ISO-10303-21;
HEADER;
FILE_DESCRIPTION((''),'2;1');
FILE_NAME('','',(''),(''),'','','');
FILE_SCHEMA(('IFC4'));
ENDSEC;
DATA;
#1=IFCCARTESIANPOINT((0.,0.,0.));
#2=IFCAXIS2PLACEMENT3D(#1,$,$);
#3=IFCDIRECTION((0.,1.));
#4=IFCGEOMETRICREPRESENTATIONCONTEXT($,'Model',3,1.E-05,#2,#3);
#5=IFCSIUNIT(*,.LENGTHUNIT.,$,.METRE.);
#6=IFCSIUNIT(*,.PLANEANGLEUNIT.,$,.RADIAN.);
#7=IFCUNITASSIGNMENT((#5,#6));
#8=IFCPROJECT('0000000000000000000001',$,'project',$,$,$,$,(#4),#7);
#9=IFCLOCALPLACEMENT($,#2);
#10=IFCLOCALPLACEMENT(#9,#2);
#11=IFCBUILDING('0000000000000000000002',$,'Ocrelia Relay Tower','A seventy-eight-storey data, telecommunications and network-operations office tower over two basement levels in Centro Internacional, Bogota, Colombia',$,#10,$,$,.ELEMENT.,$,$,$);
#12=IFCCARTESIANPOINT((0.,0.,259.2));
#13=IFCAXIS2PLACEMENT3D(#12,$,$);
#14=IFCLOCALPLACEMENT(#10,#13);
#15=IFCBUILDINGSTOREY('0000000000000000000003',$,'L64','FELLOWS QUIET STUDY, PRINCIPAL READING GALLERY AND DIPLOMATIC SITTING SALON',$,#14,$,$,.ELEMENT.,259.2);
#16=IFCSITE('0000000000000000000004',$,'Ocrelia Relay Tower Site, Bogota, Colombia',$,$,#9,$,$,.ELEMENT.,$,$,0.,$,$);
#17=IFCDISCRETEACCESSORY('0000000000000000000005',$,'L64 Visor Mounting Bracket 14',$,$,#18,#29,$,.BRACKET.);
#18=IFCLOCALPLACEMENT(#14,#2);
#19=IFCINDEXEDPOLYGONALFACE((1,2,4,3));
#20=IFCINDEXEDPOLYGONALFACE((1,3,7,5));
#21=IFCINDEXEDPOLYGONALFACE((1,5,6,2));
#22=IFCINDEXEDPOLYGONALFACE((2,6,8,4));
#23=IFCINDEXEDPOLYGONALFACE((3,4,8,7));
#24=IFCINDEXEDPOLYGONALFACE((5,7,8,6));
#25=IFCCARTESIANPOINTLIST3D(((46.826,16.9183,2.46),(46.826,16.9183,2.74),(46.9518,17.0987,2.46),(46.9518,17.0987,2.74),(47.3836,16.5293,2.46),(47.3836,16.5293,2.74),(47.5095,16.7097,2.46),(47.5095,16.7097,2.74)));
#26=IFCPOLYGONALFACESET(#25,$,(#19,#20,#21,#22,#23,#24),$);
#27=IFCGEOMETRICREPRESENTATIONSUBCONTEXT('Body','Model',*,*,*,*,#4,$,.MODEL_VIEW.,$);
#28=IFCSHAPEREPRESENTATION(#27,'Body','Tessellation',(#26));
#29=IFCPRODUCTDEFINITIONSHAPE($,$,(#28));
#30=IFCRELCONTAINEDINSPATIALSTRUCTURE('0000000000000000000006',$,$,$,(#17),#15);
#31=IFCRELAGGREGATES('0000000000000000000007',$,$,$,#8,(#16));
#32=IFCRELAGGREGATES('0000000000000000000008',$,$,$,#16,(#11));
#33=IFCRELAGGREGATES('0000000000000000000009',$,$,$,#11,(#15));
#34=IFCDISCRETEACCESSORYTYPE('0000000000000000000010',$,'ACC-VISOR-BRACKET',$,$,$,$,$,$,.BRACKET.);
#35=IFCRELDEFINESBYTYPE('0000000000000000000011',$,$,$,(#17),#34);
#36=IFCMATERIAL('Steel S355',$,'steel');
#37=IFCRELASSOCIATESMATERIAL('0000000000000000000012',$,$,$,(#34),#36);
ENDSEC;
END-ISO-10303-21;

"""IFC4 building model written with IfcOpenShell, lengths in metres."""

from ifc_helpers import new_model, si_unit, direction, frame, origin, origin_2d, place, context, subcontext, project, spatial, rectangle, extrude, material, type_object, element, save


model = new_model("IFC4")

# Units and contexts
model_context = context("Model", 3, precision=1e-05, world=origin(), true_north=direction((0.0, 1.0)))
body_context = subcontext(model_context, "Body", "Model", "MODEL_VIEW")
ifc_project = project(units=[si_unit("LENGTHUNIT", "METRE"), si_unit("PLANEANGLEUNIT", "RADIAN")], contexts=[model_context])

# Site, building, storey
site_placement = place(None, origin())
site = spatial("IfcSite", under=ifc_project, at=site_placement, Name="Ocrelia Relay Tower Site, Bogota, Colombia", CompositionType="ELEMENT", RefElevation=0.0)
building_placement = place(site_placement, origin())
building = spatial("IfcBuilding", under=site, at=building_placement, Name="Ocrelia Relay Tower", Description="A seventy-eight-storey data, telecommunications and network-operations office tower over two basement levels in Centro Internacional, Bogota, Colombia", CompositionType="ELEMENT")
storey_placement = place(building_placement, frame((0.0, 0.0, 259.2)))
storey = spatial("IfcBuildingStorey", under=building, at=storey_placement, Name="L64", Description="FELLOWS QUIET STUDY, PRINCIPAL READING GALLERY AND DIPLOMATIC SITTING SALON", CompositionType="ELEMENT", Elevation=259.2)

# Shared definitions
ifc_material_1 = material(Name="Steel S355", Category="steel")

# Discrete accessory
discrete_accessory_type_1 = type_object("IfcDiscreteAccessoryType", Name="ACC-VISOR-BRACKET", PredefinedType="BRACKET", material=ifc_material_1)
discrete_accessory_1_placement = place(storey_placement, frame((47.1677, 16.814, 2.46), z_axis=(0.0, 0.0, 1.0), x_axis=(0.572144, 0.820153, 0.0)))
element("IfcDiscreteAccessory", 1, at=discrete_accessory_1_placement, inside=storey, type_object=discrete_accessory_type_1, Name="L64 Visor Mounting Bracket 14", PredefinedType="BRACKET", context=body_context, shape_type="SweptSolid", body=[
    extrude(rectangle(XDim=0.22, YDim=0.6799, at=origin_2d()), origin(), (0.0, 0.0, 1.0), 0.28),
])

save(model, "model.ifc")
